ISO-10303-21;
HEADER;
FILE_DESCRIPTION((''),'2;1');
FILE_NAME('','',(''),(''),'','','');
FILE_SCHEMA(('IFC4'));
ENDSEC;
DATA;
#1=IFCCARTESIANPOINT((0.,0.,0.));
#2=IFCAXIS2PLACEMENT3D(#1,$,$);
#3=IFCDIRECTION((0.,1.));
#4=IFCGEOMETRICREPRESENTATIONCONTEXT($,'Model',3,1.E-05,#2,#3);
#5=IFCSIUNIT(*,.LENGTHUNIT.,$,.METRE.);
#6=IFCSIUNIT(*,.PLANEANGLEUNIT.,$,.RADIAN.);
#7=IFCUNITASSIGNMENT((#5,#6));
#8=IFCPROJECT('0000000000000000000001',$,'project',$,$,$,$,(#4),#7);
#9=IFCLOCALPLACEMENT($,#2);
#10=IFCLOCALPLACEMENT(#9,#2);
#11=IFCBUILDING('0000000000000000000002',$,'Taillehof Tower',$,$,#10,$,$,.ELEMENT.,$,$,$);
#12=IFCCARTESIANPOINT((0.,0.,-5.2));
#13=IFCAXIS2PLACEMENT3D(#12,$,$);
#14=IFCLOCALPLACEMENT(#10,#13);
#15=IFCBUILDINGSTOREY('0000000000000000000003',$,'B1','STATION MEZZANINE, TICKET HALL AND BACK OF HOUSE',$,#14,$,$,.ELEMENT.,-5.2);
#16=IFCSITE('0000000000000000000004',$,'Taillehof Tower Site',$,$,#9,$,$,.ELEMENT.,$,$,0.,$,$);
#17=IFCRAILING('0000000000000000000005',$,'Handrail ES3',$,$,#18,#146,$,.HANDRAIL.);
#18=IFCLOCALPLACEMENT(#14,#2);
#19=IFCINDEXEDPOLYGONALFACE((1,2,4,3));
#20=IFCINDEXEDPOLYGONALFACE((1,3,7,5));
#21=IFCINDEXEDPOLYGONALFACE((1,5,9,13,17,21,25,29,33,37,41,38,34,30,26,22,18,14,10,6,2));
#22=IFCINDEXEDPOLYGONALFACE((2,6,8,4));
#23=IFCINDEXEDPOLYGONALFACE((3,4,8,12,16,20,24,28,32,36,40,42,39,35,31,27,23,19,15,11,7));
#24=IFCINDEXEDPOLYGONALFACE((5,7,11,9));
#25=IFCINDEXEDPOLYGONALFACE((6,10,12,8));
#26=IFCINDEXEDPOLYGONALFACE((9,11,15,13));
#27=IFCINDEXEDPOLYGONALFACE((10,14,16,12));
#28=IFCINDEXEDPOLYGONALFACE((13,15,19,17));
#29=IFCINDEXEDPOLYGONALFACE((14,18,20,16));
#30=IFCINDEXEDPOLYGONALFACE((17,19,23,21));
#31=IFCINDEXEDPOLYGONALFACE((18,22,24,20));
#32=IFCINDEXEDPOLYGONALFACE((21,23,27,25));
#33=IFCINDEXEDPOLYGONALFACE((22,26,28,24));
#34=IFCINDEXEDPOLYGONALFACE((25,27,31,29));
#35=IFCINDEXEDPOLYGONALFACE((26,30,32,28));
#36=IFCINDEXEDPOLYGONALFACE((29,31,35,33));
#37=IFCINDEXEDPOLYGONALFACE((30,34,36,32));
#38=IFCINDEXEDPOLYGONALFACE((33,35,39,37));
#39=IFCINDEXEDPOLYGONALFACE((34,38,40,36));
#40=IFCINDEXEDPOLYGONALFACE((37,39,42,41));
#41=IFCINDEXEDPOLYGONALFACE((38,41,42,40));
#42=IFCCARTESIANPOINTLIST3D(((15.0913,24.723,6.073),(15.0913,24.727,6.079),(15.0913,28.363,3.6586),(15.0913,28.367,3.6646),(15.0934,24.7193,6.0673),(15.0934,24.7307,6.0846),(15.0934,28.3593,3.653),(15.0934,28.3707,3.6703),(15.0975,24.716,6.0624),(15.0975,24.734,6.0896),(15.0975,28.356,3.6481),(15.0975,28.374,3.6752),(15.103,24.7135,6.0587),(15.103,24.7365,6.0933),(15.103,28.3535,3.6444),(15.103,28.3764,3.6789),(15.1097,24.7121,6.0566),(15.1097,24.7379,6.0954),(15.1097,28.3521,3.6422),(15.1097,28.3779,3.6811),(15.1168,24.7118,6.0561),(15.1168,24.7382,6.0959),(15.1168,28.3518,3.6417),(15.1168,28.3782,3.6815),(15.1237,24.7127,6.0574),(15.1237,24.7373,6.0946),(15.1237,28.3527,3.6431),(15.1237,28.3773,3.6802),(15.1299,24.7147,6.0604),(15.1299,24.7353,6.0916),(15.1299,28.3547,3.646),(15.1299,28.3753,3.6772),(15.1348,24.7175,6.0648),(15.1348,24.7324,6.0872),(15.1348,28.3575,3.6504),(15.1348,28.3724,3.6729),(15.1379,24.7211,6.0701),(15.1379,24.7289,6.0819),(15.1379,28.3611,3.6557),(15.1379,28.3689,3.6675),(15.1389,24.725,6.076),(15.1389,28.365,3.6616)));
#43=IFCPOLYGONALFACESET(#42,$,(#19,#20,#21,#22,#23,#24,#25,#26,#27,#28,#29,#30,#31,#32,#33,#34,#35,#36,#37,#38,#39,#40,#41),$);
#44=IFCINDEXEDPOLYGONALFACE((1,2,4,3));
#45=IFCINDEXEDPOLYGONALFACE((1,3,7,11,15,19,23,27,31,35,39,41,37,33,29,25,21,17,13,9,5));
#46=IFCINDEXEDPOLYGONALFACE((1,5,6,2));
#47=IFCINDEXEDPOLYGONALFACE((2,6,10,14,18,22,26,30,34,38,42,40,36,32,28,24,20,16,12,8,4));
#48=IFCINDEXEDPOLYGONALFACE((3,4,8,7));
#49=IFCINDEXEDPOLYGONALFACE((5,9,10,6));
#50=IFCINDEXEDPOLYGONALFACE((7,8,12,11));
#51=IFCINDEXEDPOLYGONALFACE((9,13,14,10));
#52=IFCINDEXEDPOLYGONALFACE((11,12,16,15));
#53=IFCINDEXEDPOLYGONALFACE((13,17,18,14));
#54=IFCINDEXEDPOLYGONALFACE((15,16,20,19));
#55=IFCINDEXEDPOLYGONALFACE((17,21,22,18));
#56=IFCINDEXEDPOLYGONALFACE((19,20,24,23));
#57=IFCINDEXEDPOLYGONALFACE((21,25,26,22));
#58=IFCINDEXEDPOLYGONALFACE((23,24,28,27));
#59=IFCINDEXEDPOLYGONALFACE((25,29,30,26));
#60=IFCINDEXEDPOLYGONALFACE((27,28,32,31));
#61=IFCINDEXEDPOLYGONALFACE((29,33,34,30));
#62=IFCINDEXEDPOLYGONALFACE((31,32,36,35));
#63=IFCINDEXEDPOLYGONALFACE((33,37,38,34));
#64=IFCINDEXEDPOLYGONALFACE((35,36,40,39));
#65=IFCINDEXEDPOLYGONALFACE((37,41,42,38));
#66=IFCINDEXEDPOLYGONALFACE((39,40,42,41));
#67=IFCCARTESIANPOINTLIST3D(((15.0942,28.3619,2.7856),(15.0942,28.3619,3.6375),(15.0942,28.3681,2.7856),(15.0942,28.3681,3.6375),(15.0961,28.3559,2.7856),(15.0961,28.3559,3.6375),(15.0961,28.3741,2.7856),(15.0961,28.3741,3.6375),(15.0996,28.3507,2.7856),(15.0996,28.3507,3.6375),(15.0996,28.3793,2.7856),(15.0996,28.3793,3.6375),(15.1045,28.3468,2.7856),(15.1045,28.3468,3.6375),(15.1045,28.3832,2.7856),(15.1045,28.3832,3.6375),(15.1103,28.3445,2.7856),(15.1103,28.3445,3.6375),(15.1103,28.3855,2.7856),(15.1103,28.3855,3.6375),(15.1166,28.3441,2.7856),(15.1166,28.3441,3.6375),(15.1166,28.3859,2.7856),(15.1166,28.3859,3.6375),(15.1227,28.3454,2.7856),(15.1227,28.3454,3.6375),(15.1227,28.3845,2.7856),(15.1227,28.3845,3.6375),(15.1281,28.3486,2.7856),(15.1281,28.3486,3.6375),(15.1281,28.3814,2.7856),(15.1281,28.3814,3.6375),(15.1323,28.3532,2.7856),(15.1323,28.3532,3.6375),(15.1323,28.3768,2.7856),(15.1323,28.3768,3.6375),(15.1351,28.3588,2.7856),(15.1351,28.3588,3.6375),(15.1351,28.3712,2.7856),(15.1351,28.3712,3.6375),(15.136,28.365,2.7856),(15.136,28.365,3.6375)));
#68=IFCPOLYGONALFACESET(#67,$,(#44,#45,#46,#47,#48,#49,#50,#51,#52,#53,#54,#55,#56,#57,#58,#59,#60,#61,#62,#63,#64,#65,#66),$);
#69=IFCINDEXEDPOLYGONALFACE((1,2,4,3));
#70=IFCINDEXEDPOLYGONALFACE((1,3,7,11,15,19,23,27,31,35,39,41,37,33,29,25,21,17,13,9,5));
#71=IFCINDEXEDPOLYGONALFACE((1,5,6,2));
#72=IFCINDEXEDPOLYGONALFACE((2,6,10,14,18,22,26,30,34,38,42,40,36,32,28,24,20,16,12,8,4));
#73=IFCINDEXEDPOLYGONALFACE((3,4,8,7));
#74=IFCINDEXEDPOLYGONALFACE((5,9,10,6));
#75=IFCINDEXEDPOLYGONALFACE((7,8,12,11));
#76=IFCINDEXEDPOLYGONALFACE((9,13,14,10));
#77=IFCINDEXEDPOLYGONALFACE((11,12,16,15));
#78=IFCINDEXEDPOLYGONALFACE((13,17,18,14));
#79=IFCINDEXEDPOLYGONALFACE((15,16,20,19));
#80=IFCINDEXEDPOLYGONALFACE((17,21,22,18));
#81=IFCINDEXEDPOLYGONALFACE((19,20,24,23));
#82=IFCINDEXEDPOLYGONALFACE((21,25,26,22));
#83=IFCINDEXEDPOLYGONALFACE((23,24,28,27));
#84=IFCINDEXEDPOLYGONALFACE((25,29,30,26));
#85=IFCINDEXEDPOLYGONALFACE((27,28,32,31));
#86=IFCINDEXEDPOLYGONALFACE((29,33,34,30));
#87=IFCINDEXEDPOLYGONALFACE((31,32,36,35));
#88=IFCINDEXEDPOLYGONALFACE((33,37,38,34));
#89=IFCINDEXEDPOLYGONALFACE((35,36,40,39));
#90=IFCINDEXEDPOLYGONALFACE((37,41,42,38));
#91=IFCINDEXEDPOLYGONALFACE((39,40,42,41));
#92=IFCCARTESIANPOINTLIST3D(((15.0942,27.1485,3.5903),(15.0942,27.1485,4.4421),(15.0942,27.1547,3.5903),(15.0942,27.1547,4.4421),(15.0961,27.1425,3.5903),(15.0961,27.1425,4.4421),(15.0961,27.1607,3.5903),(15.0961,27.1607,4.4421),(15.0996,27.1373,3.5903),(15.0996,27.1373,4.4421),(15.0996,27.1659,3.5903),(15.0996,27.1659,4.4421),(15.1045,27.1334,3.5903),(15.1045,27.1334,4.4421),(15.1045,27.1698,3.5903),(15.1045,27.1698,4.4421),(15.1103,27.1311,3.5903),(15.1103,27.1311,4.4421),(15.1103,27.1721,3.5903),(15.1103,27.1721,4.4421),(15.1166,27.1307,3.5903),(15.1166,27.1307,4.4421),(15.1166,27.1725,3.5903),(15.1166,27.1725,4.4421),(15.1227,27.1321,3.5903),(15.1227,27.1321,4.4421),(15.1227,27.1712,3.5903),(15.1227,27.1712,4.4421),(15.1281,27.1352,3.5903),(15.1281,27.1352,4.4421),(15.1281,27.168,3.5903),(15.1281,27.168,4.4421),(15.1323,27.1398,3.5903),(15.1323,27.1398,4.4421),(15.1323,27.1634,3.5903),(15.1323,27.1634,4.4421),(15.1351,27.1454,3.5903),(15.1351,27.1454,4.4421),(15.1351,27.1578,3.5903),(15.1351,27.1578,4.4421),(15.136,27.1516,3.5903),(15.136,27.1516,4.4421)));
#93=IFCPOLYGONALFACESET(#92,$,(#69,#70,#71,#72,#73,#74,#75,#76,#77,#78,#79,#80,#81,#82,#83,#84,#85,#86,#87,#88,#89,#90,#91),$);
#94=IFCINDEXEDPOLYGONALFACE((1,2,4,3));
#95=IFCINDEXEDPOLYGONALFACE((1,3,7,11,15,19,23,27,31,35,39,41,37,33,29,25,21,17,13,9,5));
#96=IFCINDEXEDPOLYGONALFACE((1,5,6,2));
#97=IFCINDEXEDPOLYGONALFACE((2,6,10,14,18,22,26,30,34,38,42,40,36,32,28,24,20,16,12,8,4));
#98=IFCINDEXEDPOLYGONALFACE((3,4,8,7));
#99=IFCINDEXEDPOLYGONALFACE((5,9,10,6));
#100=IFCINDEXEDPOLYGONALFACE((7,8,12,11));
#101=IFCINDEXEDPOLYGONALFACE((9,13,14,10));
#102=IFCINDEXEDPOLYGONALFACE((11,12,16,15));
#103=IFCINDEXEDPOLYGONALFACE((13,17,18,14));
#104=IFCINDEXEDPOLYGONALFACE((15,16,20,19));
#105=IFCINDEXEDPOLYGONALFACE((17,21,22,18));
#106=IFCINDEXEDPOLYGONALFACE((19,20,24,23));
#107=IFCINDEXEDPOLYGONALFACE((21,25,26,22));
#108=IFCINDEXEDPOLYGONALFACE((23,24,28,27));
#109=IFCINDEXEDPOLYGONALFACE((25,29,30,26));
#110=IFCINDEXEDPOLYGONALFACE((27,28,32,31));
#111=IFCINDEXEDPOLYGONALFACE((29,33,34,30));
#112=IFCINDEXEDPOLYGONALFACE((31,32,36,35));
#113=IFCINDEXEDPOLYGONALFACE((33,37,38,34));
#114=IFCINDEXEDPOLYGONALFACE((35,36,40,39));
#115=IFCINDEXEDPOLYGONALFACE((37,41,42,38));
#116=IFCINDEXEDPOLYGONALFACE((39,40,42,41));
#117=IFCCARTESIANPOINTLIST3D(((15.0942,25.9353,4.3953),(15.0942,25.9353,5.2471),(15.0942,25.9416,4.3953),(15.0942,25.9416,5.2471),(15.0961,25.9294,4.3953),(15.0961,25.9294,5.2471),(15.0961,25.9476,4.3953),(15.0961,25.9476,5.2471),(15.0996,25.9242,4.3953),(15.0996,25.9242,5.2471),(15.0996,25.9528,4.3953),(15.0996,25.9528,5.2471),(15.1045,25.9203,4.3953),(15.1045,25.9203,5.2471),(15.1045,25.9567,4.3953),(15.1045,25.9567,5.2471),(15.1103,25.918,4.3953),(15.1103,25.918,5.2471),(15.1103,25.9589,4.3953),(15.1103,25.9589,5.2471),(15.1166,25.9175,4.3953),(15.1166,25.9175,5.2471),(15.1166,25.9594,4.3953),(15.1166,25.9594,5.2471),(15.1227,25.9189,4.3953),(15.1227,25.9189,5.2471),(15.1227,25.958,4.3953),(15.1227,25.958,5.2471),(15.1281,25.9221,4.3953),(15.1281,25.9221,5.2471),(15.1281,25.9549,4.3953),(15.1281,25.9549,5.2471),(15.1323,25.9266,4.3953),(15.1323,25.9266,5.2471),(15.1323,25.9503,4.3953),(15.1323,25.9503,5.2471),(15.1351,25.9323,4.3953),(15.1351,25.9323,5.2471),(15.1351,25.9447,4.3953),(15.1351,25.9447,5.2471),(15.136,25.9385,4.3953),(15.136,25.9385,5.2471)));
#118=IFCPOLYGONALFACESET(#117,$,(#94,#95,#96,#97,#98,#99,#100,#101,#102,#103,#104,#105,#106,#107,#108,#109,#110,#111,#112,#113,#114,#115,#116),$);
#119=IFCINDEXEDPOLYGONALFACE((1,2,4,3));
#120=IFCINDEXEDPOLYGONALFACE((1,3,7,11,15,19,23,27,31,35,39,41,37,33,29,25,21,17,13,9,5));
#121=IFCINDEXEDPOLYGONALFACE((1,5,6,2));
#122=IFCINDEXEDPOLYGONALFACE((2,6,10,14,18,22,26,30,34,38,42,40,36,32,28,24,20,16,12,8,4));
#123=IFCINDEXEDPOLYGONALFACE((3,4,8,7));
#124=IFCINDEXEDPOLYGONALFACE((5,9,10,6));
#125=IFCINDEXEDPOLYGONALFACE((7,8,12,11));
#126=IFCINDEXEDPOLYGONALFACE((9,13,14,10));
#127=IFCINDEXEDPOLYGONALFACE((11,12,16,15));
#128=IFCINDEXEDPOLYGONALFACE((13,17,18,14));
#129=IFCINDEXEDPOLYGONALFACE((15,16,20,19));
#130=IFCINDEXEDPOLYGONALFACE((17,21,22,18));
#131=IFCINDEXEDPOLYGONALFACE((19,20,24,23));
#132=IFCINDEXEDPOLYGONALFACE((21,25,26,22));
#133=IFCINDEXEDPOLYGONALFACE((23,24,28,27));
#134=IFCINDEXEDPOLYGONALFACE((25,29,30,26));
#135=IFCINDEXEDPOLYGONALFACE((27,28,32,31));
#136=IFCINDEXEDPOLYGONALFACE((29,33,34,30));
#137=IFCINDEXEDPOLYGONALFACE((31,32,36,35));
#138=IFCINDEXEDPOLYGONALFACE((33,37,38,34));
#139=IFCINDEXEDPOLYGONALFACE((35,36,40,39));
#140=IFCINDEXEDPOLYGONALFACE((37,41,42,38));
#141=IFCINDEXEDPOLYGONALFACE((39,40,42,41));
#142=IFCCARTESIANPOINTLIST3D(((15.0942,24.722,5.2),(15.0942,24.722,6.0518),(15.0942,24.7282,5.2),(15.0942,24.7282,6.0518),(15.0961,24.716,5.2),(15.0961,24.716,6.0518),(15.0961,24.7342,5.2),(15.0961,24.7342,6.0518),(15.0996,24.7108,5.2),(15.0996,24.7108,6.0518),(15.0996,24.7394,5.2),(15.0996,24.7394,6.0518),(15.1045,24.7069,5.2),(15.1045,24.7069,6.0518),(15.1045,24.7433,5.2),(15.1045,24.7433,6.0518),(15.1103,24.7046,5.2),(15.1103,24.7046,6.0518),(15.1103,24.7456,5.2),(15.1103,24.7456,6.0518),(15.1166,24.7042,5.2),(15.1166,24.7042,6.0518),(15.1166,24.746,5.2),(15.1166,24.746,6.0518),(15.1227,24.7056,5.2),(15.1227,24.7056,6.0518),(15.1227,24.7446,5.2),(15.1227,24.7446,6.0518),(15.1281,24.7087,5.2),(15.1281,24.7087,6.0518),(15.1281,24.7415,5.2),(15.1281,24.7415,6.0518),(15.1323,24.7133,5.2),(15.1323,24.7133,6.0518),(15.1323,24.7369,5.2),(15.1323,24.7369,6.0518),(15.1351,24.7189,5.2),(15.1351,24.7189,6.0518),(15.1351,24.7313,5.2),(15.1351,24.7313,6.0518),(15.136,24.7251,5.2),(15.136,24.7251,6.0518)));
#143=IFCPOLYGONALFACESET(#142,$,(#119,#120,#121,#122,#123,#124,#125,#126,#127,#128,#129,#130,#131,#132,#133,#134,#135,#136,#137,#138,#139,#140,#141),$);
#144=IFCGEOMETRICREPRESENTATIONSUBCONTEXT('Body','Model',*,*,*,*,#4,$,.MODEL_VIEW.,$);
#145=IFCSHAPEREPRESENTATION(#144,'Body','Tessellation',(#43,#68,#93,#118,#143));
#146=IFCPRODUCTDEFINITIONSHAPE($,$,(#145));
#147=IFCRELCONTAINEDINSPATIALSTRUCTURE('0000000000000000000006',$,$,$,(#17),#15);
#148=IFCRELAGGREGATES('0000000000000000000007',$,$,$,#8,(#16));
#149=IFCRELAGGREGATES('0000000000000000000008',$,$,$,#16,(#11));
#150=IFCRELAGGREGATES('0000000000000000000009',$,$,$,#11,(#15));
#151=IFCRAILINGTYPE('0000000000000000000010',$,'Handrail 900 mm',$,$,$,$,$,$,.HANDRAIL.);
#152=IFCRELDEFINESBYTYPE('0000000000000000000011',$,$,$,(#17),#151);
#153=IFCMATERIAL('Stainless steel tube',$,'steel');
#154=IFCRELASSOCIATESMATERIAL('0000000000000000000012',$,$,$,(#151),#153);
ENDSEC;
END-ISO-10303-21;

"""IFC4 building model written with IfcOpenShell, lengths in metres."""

from ifc_helpers import new_model, si_unit, direction, frame, origin, origin_2d, place, context, subcontext, project, spatial, circle, extrude, material, type_object, element, save


model = new_model("IFC4")

# Units and contexts
model_context = context("Model", 3, precision=1e-05, world=origin(), true_north=direction((0.0, 1.0)))
body_context = subcontext(model_context, "Body", "Model", "MODEL_VIEW")
ifc_project = project(units=[si_unit("LENGTHUNIT", "METRE"), si_unit("PLANEANGLEUNIT", "RADIAN")], contexts=[model_context])

# Site, building, storey
site_placement = place(None, origin())
site = spatial("IfcSite", under=ifc_project, at=site_placement, Name="Taillehof Tower Site", CompositionType="ELEMENT", RefElevation=0.0)
building_placement = place(site_placement, origin())
building = spatial("IfcBuilding", under=site, at=building_placement, Name="Taillehof Tower", CompositionType="ELEMENT")
storey_placement = place(building_placement, frame((0.0, 0.0, -5.2)))
storey = spatial("IfcBuildingStorey", under=building, at=storey_placement, Name="B1", Description="STATION MEZZANINE, TICKET HALL AND BACK OF HOUSE", CompositionType="ELEMENT", Elevation=-5.2)

# Railing
ifc_material_1 = material(Name="Stainless steel tube", Category="steel")
railing_type_1 = type_object("IfcRailingType", Name="Handrail 900 mm", PredefinedType="HANDRAIL", material=ifc_material_1)
for number, where, name in (
    (1, (15.115, 28.365, 2.7856), "Handrail ES3"),
):
    element("IfcRailing", number, at=place(storey_placement, frame(where)), inside=storey, type_object=railing_type_1, Name=name, PredefinedType="HANDRAIL", context=body_context, shape_type="SweptSolid", body=[
        extrude(circle(Radius=0.0239, at=origin_2d()), frame((0.0, 0.0, 0.876), z_axis=(0.0, -0.833347, 0.552751), x_axis=(1.0, 0.0, 0.0)), (0.0, 0.0, 1.0), 4.3679),
        extrude(circle(Radius=0.021, at=origin_2d()), origin(), (0.0, 0.0, 1.0), 0.8518),
        extrude(circle(Radius=0.021, at=origin_2d()), frame((0.0, -1.2134, 0.8047)), (0.0, 0.0, 1.0), 0.8518),
        extrude(circle(Radius=0.021, at=origin_2d()), frame((0.0, -2.4265, 1.6096)), (0.0, 0.0, 1.0), 0.8518),
        extrude(circle(Radius=0.021, at=origin_2d()), frame((0.0, -3.6399, 2.4143)), (0.0, 0.0, 1.0), 0.8518),
    ])

save(model, "model.ifc")
